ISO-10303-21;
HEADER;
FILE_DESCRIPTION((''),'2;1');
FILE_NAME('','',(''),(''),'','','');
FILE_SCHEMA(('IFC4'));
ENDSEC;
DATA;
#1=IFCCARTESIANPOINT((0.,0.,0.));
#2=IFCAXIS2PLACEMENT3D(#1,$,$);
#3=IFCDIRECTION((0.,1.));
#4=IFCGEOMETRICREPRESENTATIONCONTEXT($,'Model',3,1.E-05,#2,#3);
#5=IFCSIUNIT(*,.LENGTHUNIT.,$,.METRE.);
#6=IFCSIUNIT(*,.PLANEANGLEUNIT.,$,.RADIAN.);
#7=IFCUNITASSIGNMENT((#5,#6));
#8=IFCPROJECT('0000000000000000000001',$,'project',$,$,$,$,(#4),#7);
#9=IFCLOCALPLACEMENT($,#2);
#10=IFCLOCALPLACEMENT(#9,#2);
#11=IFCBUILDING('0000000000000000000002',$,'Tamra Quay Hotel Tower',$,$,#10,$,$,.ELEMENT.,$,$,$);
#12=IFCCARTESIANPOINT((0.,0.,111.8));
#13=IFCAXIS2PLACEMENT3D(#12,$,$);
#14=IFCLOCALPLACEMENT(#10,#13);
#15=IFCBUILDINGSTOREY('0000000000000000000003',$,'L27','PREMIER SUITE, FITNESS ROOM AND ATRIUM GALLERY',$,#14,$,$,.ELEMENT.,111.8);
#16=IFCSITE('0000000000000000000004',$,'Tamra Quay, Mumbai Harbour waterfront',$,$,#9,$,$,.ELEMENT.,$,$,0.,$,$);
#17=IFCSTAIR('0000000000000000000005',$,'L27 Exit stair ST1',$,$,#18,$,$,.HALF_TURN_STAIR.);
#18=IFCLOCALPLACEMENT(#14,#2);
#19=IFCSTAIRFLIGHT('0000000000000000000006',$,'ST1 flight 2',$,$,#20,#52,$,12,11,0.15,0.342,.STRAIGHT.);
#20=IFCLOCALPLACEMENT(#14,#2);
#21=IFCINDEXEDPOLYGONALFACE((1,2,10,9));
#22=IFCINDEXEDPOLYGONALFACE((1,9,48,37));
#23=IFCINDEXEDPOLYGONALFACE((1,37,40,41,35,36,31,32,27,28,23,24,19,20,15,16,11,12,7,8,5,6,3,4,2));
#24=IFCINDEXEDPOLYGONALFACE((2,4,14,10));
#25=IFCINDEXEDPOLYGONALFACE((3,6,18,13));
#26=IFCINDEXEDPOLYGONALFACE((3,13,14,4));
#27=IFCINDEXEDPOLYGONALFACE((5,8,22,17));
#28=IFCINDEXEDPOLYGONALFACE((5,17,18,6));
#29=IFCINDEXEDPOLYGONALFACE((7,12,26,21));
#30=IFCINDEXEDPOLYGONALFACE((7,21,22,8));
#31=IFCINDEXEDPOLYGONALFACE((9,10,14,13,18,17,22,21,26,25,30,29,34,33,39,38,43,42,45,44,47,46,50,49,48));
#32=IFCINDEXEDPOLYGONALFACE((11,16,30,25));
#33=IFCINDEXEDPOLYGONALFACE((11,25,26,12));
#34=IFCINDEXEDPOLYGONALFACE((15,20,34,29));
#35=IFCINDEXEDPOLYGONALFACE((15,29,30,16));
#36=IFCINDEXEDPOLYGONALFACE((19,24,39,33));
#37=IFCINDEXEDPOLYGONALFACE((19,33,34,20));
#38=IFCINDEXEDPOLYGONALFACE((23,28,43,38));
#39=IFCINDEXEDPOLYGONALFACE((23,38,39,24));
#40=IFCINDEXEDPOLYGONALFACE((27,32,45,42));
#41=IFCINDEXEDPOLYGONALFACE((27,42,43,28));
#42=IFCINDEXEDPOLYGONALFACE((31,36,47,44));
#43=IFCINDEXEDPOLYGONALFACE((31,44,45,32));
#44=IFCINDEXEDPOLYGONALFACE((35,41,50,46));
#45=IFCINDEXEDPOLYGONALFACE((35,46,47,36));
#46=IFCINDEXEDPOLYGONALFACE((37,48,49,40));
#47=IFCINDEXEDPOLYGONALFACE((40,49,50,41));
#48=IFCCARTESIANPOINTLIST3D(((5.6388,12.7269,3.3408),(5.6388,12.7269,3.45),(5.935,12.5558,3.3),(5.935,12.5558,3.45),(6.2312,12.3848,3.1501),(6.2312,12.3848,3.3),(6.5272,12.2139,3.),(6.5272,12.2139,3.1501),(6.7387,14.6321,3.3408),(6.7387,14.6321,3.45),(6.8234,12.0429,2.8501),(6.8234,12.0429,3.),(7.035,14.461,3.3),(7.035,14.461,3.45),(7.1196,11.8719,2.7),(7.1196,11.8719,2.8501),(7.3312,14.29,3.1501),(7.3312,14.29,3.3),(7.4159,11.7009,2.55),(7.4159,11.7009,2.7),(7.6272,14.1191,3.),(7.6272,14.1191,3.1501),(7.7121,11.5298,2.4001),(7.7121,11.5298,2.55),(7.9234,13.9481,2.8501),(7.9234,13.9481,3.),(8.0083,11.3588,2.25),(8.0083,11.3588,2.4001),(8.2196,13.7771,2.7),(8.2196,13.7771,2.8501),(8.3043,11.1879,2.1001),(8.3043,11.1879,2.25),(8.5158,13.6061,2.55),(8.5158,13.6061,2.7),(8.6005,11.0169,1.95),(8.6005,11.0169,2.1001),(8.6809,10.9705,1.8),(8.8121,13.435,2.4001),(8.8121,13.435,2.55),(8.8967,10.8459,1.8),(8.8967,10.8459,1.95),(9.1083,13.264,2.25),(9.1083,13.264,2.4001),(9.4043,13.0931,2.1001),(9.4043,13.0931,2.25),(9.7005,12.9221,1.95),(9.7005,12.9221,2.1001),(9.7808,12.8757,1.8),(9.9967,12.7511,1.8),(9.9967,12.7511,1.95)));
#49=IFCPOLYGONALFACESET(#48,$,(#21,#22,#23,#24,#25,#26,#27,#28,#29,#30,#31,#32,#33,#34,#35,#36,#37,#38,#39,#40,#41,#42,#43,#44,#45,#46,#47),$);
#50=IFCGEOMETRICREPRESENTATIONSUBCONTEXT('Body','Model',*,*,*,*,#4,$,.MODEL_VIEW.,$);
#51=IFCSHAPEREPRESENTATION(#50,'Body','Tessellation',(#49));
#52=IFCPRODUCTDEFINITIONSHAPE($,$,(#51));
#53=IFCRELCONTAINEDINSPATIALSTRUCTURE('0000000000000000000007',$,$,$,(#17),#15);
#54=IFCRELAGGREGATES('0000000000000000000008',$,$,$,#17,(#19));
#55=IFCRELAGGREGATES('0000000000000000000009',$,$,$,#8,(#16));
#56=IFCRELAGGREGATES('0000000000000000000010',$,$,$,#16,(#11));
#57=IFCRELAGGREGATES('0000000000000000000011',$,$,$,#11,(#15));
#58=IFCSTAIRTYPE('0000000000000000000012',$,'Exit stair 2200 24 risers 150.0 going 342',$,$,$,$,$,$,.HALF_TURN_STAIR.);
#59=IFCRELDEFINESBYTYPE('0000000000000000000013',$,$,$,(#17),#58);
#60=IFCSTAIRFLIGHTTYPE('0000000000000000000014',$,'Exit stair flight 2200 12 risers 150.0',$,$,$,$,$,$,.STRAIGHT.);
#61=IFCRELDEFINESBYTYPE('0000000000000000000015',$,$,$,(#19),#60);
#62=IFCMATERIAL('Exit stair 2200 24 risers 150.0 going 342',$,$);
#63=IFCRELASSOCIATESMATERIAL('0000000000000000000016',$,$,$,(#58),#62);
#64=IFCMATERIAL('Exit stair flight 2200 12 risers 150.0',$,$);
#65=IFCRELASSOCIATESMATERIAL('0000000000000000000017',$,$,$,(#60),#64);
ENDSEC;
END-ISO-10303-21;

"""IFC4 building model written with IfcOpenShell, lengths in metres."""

from ifc_helpers import new_model, si_unit, direction, frame, origin, place, context, subcontext, project, spatial, polyline, outline, extrude, material, type_object, element, aggregate, save


model = new_model("IFC4")

# Units and contexts
model_context = context("Model", 3, precision=1e-05, world=origin(), true_north=direction((0.0, 1.0)))
body_context = subcontext(model_context, "Body", "Model", "MODEL_VIEW")
ifc_project = project(units=[si_unit("LENGTHUNIT", "METRE"), si_unit("PLANEANGLEUNIT", "RADIAN")], contexts=[model_context])

# Site, building, storey
site_placement = place(None, origin())
site = spatial("IfcSite", under=ifc_project, at=site_placement, Name="Tamra Quay, Mumbai Harbour waterfront", CompositionType="ELEMENT", RefElevation=0.0)
building_placement = place(site_placement, origin())
building = spatial("IfcBuilding", under=site, at=building_placement, Name="Tamra Quay Hotel Tower", CompositionType="ELEMENT")
storey_placement = place(building_placement, frame((0.0, 0.0, 111.8)))
storey = spatial("IfcBuildingStorey", under=building, at=storey_placement, Name="L27", Description="PREMIER SUITE, FITNESS ROOM AND ATRIUM GALLERY", CompositionType="ELEMENT", Elevation=111.8)

# Stair, stair flight
ifc_material_1 = material(Name="Exit stair 2200 24 risers 150.0 going 342")
stair_type = type_object("IfcStairType", Name="Exit stair 2200 24 risers 150.0 going 342", PredefinedType="HALF_TURN_STAIR", material=ifc_material_1)
stair_placement = place(storey_placement, origin())
stair = element("IfcStair", 1, at=stair_placement, inside=storey, type_object=stair_type, Name="L27 Exit stair ST1", PredefinedType="HALF_TURN_STAIR")
ifc_material_2 = material(Name="Exit stair flight 2200 12 risers 150.0")
stair_flight_type = type_object("IfcStairFlightType", Name="Exit stair flight 2200 12 risers 150.0", PredefinedType="STRAIGHT", material=ifc_material_2)
stair_flight_1_placement = place(storey_placement, frame((9.4468, 11.7986, 1.8), z_axis=(0.0, 0.0, 1.0), x_axis=(-0.866025, 0.5, 0.0)))
stair_flight_1 = element("IfcStairFlight", 2, at=stair_flight_1_placement, type_object=stair_flight_type, Name="ST1 flight 2", NumberOfRisers=12, NumberOfTreads=11, PredefinedType="STRAIGHT", RiserHeight=0.15, TreadLength=0.342, context=body_context, shape_type="SweptSolid", body=[
    extrude(outline(polyline([(0.0, 0.0), (0.0, 0.1499), (0.342, 0.1499), (0.342, 0.3), (0.6841, 0.3), (0.6841, 0.45), (1.0259, 0.45), (1.0259, 0.6001), (1.3679, 0.6001), (1.3679, 0.75), (1.71, 0.75), (1.71, 0.8999), (2.052, 0.8999), (2.052, 1.05), (2.394, 1.05), (2.394, 1.2), (2.7361, 1.2), (2.7361, 1.3501), (3.0779, 1.3501), (3.0779, 1.5), (3.4199, 1.5), (3.4199, 1.6499), (3.762, 1.6499), (3.762, 1.8), (3.762, 1.5408), (0.2493, 0.0), (0.0, 0.0)])), frame((0.0, 1.1001, 0.0), z_axis=(0.0, -1.0, 0.0), x_axis=(1.0, 0.0, 0.0)), (0.0, 0.0, 1.0), 2.2),
])
aggregate(stair, [stair_flight_1])

save(model, "model.ifc")
